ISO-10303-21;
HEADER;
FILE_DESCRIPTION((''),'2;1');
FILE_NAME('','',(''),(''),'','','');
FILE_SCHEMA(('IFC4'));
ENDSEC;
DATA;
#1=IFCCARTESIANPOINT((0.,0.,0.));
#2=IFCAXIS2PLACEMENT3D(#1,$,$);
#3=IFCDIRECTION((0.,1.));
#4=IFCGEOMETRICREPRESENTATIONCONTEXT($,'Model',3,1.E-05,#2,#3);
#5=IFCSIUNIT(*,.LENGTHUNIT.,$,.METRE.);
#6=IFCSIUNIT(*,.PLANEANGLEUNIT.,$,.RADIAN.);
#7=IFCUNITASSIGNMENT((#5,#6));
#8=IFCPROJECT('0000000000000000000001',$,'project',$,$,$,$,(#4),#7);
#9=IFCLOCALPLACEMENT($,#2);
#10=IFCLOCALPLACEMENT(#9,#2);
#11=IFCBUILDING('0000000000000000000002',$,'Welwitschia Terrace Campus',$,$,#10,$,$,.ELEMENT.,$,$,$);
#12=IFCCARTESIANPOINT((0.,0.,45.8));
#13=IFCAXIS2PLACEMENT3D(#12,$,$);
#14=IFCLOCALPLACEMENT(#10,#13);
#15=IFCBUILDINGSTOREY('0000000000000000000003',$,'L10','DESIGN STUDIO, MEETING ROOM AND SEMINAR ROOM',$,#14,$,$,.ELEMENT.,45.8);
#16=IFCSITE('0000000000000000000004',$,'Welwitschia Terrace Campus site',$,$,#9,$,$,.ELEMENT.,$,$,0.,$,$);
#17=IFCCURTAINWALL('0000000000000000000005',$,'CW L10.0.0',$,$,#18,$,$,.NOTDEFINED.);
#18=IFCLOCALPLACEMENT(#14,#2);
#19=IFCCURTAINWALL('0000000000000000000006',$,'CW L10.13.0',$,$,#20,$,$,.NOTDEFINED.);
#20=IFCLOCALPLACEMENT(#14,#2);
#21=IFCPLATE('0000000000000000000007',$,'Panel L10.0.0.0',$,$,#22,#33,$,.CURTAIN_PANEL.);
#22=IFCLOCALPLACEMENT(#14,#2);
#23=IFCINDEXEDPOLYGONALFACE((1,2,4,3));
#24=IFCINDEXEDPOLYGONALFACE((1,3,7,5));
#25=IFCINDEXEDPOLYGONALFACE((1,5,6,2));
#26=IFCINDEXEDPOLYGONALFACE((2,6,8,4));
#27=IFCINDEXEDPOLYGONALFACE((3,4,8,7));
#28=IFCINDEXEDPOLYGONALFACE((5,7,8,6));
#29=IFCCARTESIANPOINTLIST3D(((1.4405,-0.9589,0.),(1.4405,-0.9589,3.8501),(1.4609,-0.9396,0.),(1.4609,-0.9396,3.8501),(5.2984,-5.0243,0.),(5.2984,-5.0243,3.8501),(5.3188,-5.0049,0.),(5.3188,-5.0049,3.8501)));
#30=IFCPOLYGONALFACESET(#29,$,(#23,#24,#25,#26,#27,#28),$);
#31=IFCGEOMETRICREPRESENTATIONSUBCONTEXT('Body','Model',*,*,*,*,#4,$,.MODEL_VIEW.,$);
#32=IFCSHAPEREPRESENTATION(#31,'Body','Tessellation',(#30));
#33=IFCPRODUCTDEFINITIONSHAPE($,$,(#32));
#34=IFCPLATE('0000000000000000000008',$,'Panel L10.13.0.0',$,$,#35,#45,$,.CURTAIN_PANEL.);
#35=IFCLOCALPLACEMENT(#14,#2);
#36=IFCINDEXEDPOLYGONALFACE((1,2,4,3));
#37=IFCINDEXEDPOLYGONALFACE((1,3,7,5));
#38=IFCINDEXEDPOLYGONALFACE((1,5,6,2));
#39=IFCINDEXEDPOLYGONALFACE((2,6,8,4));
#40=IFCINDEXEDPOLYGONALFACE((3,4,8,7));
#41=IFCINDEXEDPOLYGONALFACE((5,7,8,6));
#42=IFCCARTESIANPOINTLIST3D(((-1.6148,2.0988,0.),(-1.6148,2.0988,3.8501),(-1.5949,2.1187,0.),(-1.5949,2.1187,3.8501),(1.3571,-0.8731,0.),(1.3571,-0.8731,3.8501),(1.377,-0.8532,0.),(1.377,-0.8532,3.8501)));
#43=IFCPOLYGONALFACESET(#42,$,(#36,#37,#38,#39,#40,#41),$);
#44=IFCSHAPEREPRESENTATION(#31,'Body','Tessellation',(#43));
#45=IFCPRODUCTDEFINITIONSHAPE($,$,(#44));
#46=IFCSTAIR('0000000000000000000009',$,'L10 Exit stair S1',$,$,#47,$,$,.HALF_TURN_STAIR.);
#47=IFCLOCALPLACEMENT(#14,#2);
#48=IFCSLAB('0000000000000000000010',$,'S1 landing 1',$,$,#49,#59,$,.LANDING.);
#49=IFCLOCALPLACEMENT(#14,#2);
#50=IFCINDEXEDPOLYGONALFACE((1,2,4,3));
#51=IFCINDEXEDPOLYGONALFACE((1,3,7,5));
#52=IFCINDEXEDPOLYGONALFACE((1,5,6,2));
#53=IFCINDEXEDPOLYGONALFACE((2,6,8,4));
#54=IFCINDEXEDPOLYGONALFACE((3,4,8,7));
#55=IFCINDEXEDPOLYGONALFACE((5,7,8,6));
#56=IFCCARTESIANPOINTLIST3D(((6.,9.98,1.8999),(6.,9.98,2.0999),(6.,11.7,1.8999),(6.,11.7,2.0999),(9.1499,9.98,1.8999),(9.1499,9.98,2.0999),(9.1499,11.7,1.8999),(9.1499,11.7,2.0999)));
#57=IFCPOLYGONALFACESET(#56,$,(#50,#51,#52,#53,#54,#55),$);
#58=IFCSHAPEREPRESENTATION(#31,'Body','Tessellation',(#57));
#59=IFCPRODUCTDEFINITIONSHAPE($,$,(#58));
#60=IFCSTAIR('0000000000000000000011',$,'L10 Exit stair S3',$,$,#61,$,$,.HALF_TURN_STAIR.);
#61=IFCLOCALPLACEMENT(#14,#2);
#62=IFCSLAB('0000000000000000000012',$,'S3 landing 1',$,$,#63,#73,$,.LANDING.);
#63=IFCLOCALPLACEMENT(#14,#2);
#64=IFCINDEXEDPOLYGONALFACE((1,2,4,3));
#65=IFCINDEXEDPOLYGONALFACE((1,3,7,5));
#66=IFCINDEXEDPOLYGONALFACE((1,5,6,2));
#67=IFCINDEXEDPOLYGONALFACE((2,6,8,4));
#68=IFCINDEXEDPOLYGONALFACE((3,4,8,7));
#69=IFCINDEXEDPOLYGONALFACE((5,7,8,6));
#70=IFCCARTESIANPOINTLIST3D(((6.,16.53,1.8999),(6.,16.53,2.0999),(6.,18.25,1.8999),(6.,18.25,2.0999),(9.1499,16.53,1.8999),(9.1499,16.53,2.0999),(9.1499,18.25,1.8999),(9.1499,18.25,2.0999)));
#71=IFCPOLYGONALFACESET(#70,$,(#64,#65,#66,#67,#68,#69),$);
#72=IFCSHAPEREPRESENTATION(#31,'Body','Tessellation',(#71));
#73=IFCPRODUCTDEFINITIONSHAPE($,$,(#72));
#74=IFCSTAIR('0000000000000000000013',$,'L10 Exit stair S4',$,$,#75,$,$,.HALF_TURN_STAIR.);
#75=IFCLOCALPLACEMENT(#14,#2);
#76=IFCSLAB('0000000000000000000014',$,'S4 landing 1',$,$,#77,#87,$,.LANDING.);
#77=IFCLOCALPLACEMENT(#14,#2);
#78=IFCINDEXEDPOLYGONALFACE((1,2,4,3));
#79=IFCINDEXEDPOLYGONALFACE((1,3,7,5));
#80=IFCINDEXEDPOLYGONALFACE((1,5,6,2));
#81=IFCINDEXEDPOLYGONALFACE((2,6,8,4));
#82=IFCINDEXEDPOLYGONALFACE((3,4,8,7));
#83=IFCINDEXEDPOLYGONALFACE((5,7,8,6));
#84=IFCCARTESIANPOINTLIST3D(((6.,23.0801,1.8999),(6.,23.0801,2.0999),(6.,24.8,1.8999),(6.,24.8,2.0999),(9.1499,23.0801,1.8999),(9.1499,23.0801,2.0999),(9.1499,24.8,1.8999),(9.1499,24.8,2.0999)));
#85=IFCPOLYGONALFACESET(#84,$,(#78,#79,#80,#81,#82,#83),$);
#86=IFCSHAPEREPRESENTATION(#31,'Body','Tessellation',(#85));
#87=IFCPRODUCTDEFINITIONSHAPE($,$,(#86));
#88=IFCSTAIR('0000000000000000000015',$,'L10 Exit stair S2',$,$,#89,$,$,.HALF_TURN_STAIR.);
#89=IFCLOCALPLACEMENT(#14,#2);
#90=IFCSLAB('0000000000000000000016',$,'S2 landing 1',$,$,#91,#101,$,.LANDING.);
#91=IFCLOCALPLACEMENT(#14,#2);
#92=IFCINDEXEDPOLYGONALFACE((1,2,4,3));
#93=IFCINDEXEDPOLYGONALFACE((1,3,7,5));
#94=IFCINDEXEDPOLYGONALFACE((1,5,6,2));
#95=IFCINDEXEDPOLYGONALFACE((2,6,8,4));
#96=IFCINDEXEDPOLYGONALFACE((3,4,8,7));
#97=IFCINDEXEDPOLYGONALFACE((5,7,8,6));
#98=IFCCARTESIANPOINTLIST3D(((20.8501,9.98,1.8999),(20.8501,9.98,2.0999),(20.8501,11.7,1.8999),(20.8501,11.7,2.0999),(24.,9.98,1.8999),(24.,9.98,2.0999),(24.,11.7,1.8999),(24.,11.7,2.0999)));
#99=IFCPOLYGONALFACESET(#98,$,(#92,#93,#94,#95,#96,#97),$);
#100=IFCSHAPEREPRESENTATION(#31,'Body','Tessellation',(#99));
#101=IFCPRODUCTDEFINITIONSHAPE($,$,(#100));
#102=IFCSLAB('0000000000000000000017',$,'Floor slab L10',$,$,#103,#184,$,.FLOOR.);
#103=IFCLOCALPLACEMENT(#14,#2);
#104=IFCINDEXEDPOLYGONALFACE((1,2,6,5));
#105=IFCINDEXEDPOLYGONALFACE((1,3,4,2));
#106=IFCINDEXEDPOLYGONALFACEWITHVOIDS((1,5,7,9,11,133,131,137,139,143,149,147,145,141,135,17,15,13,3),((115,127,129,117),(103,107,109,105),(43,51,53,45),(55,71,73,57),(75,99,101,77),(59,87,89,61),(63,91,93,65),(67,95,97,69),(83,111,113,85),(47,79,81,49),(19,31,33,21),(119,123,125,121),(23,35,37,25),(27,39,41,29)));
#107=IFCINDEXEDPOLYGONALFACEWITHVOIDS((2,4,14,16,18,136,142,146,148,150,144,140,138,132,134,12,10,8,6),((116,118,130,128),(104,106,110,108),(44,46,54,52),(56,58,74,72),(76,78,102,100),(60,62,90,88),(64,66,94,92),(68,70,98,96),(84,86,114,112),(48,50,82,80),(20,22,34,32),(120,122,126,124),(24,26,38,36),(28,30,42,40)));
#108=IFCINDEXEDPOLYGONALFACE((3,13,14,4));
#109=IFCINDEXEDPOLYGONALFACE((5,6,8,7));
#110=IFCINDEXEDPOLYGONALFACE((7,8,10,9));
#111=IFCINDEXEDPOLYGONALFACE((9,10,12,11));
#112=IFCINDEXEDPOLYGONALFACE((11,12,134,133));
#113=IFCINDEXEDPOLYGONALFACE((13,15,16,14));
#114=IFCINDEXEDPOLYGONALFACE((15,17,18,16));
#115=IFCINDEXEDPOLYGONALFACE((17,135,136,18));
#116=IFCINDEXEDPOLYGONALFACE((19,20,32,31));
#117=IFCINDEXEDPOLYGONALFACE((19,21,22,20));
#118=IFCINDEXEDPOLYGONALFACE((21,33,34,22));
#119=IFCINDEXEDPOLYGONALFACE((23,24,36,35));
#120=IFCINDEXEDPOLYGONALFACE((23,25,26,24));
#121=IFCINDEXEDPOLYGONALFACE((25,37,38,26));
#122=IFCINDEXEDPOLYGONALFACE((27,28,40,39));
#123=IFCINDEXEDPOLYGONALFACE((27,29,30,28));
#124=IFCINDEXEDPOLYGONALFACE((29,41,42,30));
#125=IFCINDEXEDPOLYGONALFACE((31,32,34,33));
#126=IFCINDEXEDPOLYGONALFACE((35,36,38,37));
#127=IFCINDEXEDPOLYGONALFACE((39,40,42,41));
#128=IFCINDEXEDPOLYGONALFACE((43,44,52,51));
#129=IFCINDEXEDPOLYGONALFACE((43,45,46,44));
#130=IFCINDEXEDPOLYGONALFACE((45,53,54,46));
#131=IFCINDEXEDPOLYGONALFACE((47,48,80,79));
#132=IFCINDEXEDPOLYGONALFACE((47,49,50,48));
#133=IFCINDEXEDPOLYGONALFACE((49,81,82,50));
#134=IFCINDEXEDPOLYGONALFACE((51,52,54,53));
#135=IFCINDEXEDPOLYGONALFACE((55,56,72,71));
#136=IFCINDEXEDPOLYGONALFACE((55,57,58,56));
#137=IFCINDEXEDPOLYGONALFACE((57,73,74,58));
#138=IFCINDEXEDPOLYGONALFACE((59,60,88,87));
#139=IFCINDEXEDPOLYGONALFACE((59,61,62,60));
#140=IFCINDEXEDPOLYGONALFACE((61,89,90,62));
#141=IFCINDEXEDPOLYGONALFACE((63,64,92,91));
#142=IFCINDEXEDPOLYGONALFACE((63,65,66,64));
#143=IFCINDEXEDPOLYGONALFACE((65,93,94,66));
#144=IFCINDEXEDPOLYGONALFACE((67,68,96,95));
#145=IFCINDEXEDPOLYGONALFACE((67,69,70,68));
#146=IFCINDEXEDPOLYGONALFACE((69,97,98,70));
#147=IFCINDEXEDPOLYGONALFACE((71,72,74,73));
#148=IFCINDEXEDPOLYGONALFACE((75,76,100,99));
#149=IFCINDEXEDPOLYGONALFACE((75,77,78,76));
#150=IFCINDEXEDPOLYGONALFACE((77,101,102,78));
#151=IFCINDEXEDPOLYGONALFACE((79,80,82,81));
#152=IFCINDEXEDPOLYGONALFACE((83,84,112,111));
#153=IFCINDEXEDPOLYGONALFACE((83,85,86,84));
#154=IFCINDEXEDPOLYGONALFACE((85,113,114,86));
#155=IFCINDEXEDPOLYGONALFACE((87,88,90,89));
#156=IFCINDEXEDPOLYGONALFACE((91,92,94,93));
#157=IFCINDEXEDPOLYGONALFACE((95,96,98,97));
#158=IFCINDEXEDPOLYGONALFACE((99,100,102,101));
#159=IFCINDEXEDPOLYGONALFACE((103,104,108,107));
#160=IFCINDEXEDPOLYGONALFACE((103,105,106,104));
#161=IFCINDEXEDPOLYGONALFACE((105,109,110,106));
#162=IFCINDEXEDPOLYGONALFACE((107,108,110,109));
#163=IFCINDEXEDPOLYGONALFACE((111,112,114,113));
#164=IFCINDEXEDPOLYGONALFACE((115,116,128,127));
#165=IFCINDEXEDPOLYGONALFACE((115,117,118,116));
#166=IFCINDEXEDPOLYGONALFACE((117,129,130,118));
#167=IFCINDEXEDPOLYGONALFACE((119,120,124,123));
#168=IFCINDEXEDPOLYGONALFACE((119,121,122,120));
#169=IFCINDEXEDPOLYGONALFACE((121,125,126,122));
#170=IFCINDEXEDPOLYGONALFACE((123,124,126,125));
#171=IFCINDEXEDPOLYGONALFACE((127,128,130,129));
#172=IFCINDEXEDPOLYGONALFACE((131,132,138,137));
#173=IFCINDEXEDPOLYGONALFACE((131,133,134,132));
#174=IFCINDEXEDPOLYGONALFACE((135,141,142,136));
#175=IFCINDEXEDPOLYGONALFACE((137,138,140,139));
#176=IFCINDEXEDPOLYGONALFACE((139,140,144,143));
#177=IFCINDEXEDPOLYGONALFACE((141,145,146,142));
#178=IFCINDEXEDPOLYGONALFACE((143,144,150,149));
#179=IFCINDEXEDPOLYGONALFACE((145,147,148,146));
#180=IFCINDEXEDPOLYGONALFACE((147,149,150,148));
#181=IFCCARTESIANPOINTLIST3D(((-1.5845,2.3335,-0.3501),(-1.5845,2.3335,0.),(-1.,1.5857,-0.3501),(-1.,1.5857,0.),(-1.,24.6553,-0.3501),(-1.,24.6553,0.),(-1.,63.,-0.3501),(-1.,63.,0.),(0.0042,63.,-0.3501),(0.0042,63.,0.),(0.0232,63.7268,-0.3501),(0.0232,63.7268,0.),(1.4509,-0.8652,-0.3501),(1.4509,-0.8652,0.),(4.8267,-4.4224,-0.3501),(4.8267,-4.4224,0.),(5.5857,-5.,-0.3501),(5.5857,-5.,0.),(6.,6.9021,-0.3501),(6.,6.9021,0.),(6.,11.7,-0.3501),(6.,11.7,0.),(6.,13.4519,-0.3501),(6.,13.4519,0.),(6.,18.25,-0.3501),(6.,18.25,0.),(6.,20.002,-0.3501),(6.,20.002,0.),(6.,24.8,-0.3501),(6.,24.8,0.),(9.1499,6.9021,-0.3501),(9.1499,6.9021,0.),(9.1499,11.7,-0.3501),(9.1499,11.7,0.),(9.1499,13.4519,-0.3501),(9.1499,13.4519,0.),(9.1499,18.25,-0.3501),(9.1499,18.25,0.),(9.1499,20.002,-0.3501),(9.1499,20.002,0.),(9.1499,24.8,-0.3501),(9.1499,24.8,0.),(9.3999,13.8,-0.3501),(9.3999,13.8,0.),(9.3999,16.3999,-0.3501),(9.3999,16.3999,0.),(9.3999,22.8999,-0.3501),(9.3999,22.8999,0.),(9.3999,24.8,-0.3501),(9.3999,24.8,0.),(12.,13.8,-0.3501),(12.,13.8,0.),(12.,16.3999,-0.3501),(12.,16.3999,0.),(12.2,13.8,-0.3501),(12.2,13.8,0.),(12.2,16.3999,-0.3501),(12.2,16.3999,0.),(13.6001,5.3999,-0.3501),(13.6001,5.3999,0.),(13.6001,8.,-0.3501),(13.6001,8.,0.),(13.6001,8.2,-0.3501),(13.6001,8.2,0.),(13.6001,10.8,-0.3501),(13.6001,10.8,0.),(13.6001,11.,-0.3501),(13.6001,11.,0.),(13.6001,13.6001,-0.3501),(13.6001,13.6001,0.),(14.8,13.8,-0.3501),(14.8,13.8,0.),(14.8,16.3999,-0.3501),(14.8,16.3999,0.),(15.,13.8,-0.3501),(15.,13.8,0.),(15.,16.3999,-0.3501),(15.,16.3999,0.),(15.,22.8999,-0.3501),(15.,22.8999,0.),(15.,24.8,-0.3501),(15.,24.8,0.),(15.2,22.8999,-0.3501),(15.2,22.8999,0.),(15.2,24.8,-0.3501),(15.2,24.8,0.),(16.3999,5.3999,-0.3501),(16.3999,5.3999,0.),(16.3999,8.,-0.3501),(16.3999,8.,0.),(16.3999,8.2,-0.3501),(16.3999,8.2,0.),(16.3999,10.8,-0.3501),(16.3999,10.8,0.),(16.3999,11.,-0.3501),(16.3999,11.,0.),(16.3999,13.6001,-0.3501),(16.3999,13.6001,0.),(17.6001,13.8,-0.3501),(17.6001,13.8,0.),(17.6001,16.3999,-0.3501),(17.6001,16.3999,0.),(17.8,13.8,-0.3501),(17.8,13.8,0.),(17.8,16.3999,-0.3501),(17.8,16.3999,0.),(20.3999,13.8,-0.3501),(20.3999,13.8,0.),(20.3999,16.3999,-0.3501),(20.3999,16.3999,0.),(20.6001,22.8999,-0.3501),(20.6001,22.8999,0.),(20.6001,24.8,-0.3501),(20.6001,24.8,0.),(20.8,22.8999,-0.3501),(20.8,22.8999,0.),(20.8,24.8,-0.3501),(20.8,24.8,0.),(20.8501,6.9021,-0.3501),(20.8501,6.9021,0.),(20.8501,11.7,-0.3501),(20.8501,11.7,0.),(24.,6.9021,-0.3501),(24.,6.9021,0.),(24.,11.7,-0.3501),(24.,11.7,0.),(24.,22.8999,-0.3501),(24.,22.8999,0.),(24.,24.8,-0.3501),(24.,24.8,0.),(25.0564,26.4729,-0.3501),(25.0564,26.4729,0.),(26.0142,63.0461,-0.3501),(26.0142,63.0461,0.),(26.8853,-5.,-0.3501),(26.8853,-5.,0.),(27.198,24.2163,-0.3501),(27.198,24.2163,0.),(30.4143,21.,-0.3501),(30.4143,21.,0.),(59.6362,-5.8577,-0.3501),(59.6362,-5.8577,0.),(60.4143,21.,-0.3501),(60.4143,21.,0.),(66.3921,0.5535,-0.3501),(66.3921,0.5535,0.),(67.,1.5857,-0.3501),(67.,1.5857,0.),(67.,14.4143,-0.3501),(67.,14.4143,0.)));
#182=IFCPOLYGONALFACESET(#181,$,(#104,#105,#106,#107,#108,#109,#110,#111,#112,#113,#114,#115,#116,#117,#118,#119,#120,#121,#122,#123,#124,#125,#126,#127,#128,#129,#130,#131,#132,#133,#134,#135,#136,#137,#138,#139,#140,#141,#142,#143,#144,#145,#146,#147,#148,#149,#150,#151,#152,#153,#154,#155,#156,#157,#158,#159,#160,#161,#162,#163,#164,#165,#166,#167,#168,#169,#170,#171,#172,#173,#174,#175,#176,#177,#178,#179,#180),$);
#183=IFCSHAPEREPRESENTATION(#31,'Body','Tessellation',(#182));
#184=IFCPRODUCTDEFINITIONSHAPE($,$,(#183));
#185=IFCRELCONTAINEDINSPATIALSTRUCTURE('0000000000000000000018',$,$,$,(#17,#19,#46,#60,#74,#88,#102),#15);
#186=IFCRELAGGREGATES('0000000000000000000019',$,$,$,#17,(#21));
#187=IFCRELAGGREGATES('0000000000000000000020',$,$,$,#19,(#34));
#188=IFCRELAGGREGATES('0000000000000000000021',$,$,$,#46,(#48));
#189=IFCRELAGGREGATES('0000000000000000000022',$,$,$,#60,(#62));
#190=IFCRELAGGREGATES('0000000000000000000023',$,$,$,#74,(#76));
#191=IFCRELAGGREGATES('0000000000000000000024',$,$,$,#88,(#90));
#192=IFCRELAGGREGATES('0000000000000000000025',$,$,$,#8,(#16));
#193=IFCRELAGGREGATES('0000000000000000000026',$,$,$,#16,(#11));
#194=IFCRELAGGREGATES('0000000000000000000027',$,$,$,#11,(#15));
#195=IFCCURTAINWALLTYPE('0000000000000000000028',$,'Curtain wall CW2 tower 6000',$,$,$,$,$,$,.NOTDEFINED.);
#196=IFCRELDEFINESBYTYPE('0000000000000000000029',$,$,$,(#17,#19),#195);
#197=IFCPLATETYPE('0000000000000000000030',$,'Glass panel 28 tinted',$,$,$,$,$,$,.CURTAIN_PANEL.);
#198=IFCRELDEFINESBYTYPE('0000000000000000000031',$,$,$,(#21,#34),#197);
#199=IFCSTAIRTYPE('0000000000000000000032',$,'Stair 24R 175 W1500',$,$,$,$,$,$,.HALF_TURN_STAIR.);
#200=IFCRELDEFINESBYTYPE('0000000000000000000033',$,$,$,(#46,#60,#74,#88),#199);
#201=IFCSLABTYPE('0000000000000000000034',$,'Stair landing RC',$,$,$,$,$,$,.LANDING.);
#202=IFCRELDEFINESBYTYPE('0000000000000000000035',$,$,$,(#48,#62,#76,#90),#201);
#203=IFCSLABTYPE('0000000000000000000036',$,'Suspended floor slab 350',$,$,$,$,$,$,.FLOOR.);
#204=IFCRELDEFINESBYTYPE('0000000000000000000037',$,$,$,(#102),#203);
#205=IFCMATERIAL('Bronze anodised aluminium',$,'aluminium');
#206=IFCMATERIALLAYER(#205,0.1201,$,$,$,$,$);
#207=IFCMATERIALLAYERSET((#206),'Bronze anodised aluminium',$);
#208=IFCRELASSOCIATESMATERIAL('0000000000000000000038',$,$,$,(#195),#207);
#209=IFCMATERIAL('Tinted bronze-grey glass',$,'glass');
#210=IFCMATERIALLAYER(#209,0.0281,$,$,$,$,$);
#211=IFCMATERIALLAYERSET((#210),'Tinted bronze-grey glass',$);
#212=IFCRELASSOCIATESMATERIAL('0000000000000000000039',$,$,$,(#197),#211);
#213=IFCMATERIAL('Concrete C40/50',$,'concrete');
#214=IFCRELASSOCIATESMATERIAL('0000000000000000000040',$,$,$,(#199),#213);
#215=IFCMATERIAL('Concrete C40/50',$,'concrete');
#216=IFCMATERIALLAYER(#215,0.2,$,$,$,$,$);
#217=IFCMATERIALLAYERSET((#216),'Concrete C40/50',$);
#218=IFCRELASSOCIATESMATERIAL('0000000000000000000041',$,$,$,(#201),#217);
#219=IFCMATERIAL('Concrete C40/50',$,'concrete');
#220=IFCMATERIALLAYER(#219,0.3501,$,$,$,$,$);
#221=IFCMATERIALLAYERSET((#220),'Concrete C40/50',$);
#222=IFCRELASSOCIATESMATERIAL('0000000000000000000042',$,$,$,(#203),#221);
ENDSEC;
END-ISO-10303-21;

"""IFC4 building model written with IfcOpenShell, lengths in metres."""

from ifc_helpers import new_model, si_unit, direction, frame, origin, origin_2d, place, context, subcontext, project, spatial, polyline, rectangle, outline, extrude, material, layer, layer_set, type_object, element, aggregate, save


model = new_model("IFC4")

# Units and contexts
model_context = context("Model", 3, precision=1e-05, world=origin(), true_north=direction((0.0, 1.0)))
body_context = subcontext(model_context, "Body", "Model", "MODEL_VIEW")
ifc_project = project(units=[si_unit("LENGTHUNIT", "METRE"), si_unit("PLANEANGLEUNIT", "RADIAN")], contexts=[model_context])

# Site, building, storey
site_placement = place(None, origin())
site = spatial("IfcSite", under=ifc_project, at=site_placement, Name="Welwitschia Terrace Campus site", CompositionType="ELEMENT", RefElevation=0.0)
building_placement = place(site_placement, origin())
building = spatial("IfcBuilding", under=site, at=building_placement, Name="Welwitschia Terrace Campus", CompositionType="ELEMENT")
storey_placement = place(building_placement, frame((0.0, 0.0, 45.8)))
storey = spatial("IfcBuildingStorey", under=building, at=storey_placement, Name="L10", Description="DESIGN STUDIO, MEETING ROOM AND SEMINAR ROOM", CompositionType="ELEMENT", Elevation=45.8)

# Curtain wall
ifc_material_1 = material(Name="Bronze anodised aluminium", Category="aluminium")
ifc_layer_1 = layer(ifc_material_1, 0.1201)
ifc_layer_set_1 = layer_set([ifc_layer_1], Name="Bronze anodised aluminium")
curtain_wall_type = type_object("IfcCurtainWallType", Name="Curtain wall CW2 tower 6000", PredefinedType="NOTDEFINED", material=ifc_layer_set_1)
curtain_wall_1_placement = place(storey_placement, origin())
curtain_wall_1 = element("IfcCurtainWall", 1, at=curtain_wall_1_placement, inside=storey, type_object=curtain_wall_type, Name="CW L10.0.0", PredefinedType="NOTDEFINED")

# Curtain wall
curtain_wall_2_placement = place(storey_placement, origin())
curtain_wall_2 = element("IfcCurtainWall", 2, at=curtain_wall_2_placement, inside=storey, type_object=curtain_wall_type, Name="CW L10.13.0", PredefinedType="NOTDEFINED")

# Plates
ifc_material_2 = material(Name="Tinted bronze-grey glass", Category="glass")
ifc_layer_2 = layer(ifc_material_2, 0.0281)
ifc_layer_set_2 = layer_set([ifc_layer_2], Name="Tinted bronze-grey glass")
plate_type = type_object("IfcPlateType", Name="Glass panel 28 tinted", PredefinedType="CURTAIN_PANEL", material=ifc_layer_set_2)
plate_1_placement = place(storey_placement, frame((3.3796, -2.9819, 0.0), z_axis=(0.0, 0.0, 1.0), x_axis=(0.688355, -0.725374, 0.0)))
plate_1 = element("IfcPlate", 3, at=plate_1_placement, type_object=plate_type, Name="Panel L10.0.0.0", PredefinedType="CURTAIN_PANEL", context=body_context, shape_type="SweptSolid", body=[
    extrude(rectangle(XDim=5.6045, YDim=0.0281, at=origin_2d()), origin(), (0.0, 0.0, 1.0), 3.8501),
])
aggregate(curtain_wall_1, [plate_1])
plate_2_placement = place(storey_placement, frame((-0.1189, 0.6228, 0.0), z_axis=(0.0, 0.0, 1.0), x_axis=(0.707107, -0.707107, 0.0)))
plate_2 = element("IfcPlate", 4, at=plate_2_placement, type_object=plate_type, Name="Panel L10.13.0.0", PredefinedType="CURTAIN_PANEL", context=body_context, shape_type="SweptSolid", body=[
    extrude(rectangle(XDim=4.2029, YDim=0.0281, at=origin_2d()), origin(), (0.0, 0.0, 1.0), 3.8501),
])
aggregate(curtain_wall_2, [plate_2])

# Stairs, slabs
ifc_material_3 = material(Name="Concrete C40/50", Category="concrete")
stair_type = type_object("IfcStairType", Name="Stair 24R 175 W1500", PredefinedType="HALF_TURN_STAIR", material=ifc_material_3)
stair_1_placement = place(storey_placement, origin())
stair_1 = element("IfcStair", 5, at=stair_1_placement, inside=storey, type_object=stair_type, Name="L10 Exit stair S1", PredefinedType="HALF_TURN_STAIR")
ifc_material_4 = material(Name="Concrete C40/50", Category="concrete")
ifc_layer_3 = layer(ifc_material_4, 0.2)
ifc_layer_set_3 = layer_set([ifc_layer_3], Name="Concrete C40/50")
slab_type_1 = type_object("IfcSlabType", Name="Stair landing RC", PredefinedType="LANDING", material=ifc_layer_set_3)
slab_1_placement = place(storey_placement, frame((0.0, 0.0, 1.8999)))
slab_1 = element("IfcSlab", 6, at=slab_1_placement, type_object=slab_type_1, Name="S1 landing 1", PredefinedType="LANDING", context=body_context, shape_type="SweptSolid", body=[
    extrude(outline(polyline([(9.1499, 9.98), (9.1499, 11.7), (6.0, 11.7), (6.0, 9.98), (9.1499, 9.98)])), origin(), (0.0, 0.0, 1.0), 0.2),
])
aggregate(stair_1, [slab_1])
stair_2_placement = place(storey_placement, origin())
stair_2 = element("IfcStair", 7, at=stair_2_placement, inside=storey, type_object=stair_type, Name="L10 Exit stair S3", PredefinedType="HALF_TURN_STAIR")
slab_2_placement = place(storey_placement, frame((0.0, 0.0, 1.8999)))
slab_2 = element("IfcSlab", 8, at=slab_2_placement, type_object=slab_type_1, Name="S3 landing 1", PredefinedType="LANDING", context=body_context, shape_type="SweptSolid", body=[
    extrude(outline(polyline([(9.1499, 16.53), (9.1499, 18.25), (6.0, 18.25), (6.0, 16.53), (9.1499, 16.53)])), origin(), (0.0, 0.0, 1.0), 0.2),
])
aggregate(stair_2, [slab_2])
stair_3_placement = place(storey_placement, origin())
stair_3 = element("IfcStair", 9, at=stair_3_placement, inside=storey, type_object=stair_type, Name="L10 Exit stair S4", PredefinedType="HALF_TURN_STAIR")
slab_3_placement = place(storey_placement, frame((0.0, 0.0, 1.8999)))
slab_3 = element("IfcSlab", 10, at=slab_3_placement, type_object=slab_type_1, Name="S4 landing 1", PredefinedType="LANDING", context=body_context, shape_type="SweptSolid", body=[
    extrude(outline(polyline([(9.1499, 23.0801), (9.1499, 24.8), (6.0, 24.8), (6.0, 23.0801), (9.1499, 23.0801)])), origin(), (0.0, 0.0, 1.0), 0.2),
])
aggregate(stair_3, [slab_3])
stair_4_placement = place(storey_placement, origin())
stair_4 = element("IfcStair", 11, at=stair_4_placement, inside=storey, type_object=stair_type, Name="L10 Exit stair S2", PredefinedType="HALF_TURN_STAIR")
slab_4_placement = place(storey_placement, frame((0.0, 0.0, 1.8999)))
slab_4 = element("IfcSlab", 12, at=slab_4_placement, type_object=slab_type_1, Name="S2 landing 1", PredefinedType="LANDING", context=body_context, shape_type="SweptSolid", body=[
    extrude(outline(polyline([(24.0, 9.98), (24.0, 11.7), (20.8501, 11.7), (20.8501, 9.98), (24.0, 9.98)])), origin(), (0.0, 0.0, 1.0), 0.2),
])
aggregate(stair_4, [slab_4])

# Slab
ifc_material_5 = material(Name="Concrete C40/50", Category="concrete")
ifc_layer_4 = layer(ifc_material_5, 0.3501)
ifc_layer_set_4 = layer_set([ifc_layer_4], Name="Concrete C40/50")
slab_type_2 = type_object("IfcSlabType", Name="Suspended floor slab 350", PredefinedType="FLOOR", material=ifc_layer_set_4)
slab_5_placement = place(storey_placement, frame((0.0, 0.0, -0.3501)))
element("IfcSlab", 13, at=slab_5_placement, inside=storey, type_object=slab_type_2, Name="Floor slab L10", PredefinedType="FLOOR", context=body_context, shape_type="SweptSolid", body=[
    extrude(outline(polyline([(-1.5845, 2.3335), (-1.0, 24.6553), (-1.0, 63.0), (0.0042, 63.0), (0.0232, 63.7268), (26.0142, 63.0461), (25.0564, 26.4729), (27.198, 24.2163), (30.4143, 21.0), (60.4143, 21.0), (67.0, 14.4143), (67.0, 1.5857), (66.3921, 0.5535), (59.6362, -5.8577), (26.8853, -5.0), (5.5857, -5.0), (4.8267, -4.4224), (1.4509, -0.8652), (-1.0, 1.5857), (-1.5845, 2.3335)]), holes=[polyline([(13.6001, 8.0), (13.6001, 5.3999), (16.3999, 5.3999), (16.3999, 8.0), (13.6001, 8.0)]), polyline([(9.1499, 11.7), (6.0, 11.7), (6.0, 6.9021), (9.1499, 6.9021), (9.1499, 11.7)]), polyline([(12.0, 16.3999), (9.3999, 16.3999), (9.3999, 13.8), (12.0, 13.8), (12.0, 16.3999)]), polyline([(14.8, 16.3999), (12.2, 16.3999), (12.2, 13.8), (14.8, 13.8), (14.8, 16.3999)]), polyline([(9.1499, 18.25), (6.0, 18.25), (6.0, 13.4519), (9.1499, 13.4519), (9.1499, 18.25)]), polyline([(9.1499, 24.8), (6.0, 24.8), (6.0, 20.002), (9.1499, 20.002), (9.1499, 24.8)]), polyline([(15.0, 24.8), (9.3999, 24.8), (9.3999, 22.8999), (15.0, 22.8999), (15.0, 24.8)]), polyline([(20.8501, 11.7), (20.8501, 6.9021), (24.0, 6.9021), (24.0, 11.7), (20.8501, 11.7)]), polyline([(16.3999, 10.8), (13.6001, 10.8), (13.6001, 8.2), (16.3999, 8.2), (16.3999, 10.8)]), polyline([(16.3999, 13.6001), (13.6001, 13.6001), (13.6001, 11.0), (16.3999, 11.0), (16.3999, 13.6001)]), polyline([(17.6001, 16.3999), (15.0, 16.3999), (15.0, 13.8), (17.6001, 13.8), (17.6001, 16.3999)]), polyline([(20.3999, 16.3999), (17.8, 16.3999), (17.8, 13.8), (20.3999, 13.8), (20.3999, 16.3999)]), polyline([(20.6001, 24.8), (15.2, 24.8), (15.2, 22.8999), (20.6001, 22.8999), (20.6001, 24.8)]), polyline([(24.0, 24.8), (20.8, 24.8), (20.8, 22.8999), (24.0, 22.8999), (24.0, 24.8)])]), origin(), (0.0, 0.0, 1.0), 0.3501),
])

save(model, "model.ifc")
